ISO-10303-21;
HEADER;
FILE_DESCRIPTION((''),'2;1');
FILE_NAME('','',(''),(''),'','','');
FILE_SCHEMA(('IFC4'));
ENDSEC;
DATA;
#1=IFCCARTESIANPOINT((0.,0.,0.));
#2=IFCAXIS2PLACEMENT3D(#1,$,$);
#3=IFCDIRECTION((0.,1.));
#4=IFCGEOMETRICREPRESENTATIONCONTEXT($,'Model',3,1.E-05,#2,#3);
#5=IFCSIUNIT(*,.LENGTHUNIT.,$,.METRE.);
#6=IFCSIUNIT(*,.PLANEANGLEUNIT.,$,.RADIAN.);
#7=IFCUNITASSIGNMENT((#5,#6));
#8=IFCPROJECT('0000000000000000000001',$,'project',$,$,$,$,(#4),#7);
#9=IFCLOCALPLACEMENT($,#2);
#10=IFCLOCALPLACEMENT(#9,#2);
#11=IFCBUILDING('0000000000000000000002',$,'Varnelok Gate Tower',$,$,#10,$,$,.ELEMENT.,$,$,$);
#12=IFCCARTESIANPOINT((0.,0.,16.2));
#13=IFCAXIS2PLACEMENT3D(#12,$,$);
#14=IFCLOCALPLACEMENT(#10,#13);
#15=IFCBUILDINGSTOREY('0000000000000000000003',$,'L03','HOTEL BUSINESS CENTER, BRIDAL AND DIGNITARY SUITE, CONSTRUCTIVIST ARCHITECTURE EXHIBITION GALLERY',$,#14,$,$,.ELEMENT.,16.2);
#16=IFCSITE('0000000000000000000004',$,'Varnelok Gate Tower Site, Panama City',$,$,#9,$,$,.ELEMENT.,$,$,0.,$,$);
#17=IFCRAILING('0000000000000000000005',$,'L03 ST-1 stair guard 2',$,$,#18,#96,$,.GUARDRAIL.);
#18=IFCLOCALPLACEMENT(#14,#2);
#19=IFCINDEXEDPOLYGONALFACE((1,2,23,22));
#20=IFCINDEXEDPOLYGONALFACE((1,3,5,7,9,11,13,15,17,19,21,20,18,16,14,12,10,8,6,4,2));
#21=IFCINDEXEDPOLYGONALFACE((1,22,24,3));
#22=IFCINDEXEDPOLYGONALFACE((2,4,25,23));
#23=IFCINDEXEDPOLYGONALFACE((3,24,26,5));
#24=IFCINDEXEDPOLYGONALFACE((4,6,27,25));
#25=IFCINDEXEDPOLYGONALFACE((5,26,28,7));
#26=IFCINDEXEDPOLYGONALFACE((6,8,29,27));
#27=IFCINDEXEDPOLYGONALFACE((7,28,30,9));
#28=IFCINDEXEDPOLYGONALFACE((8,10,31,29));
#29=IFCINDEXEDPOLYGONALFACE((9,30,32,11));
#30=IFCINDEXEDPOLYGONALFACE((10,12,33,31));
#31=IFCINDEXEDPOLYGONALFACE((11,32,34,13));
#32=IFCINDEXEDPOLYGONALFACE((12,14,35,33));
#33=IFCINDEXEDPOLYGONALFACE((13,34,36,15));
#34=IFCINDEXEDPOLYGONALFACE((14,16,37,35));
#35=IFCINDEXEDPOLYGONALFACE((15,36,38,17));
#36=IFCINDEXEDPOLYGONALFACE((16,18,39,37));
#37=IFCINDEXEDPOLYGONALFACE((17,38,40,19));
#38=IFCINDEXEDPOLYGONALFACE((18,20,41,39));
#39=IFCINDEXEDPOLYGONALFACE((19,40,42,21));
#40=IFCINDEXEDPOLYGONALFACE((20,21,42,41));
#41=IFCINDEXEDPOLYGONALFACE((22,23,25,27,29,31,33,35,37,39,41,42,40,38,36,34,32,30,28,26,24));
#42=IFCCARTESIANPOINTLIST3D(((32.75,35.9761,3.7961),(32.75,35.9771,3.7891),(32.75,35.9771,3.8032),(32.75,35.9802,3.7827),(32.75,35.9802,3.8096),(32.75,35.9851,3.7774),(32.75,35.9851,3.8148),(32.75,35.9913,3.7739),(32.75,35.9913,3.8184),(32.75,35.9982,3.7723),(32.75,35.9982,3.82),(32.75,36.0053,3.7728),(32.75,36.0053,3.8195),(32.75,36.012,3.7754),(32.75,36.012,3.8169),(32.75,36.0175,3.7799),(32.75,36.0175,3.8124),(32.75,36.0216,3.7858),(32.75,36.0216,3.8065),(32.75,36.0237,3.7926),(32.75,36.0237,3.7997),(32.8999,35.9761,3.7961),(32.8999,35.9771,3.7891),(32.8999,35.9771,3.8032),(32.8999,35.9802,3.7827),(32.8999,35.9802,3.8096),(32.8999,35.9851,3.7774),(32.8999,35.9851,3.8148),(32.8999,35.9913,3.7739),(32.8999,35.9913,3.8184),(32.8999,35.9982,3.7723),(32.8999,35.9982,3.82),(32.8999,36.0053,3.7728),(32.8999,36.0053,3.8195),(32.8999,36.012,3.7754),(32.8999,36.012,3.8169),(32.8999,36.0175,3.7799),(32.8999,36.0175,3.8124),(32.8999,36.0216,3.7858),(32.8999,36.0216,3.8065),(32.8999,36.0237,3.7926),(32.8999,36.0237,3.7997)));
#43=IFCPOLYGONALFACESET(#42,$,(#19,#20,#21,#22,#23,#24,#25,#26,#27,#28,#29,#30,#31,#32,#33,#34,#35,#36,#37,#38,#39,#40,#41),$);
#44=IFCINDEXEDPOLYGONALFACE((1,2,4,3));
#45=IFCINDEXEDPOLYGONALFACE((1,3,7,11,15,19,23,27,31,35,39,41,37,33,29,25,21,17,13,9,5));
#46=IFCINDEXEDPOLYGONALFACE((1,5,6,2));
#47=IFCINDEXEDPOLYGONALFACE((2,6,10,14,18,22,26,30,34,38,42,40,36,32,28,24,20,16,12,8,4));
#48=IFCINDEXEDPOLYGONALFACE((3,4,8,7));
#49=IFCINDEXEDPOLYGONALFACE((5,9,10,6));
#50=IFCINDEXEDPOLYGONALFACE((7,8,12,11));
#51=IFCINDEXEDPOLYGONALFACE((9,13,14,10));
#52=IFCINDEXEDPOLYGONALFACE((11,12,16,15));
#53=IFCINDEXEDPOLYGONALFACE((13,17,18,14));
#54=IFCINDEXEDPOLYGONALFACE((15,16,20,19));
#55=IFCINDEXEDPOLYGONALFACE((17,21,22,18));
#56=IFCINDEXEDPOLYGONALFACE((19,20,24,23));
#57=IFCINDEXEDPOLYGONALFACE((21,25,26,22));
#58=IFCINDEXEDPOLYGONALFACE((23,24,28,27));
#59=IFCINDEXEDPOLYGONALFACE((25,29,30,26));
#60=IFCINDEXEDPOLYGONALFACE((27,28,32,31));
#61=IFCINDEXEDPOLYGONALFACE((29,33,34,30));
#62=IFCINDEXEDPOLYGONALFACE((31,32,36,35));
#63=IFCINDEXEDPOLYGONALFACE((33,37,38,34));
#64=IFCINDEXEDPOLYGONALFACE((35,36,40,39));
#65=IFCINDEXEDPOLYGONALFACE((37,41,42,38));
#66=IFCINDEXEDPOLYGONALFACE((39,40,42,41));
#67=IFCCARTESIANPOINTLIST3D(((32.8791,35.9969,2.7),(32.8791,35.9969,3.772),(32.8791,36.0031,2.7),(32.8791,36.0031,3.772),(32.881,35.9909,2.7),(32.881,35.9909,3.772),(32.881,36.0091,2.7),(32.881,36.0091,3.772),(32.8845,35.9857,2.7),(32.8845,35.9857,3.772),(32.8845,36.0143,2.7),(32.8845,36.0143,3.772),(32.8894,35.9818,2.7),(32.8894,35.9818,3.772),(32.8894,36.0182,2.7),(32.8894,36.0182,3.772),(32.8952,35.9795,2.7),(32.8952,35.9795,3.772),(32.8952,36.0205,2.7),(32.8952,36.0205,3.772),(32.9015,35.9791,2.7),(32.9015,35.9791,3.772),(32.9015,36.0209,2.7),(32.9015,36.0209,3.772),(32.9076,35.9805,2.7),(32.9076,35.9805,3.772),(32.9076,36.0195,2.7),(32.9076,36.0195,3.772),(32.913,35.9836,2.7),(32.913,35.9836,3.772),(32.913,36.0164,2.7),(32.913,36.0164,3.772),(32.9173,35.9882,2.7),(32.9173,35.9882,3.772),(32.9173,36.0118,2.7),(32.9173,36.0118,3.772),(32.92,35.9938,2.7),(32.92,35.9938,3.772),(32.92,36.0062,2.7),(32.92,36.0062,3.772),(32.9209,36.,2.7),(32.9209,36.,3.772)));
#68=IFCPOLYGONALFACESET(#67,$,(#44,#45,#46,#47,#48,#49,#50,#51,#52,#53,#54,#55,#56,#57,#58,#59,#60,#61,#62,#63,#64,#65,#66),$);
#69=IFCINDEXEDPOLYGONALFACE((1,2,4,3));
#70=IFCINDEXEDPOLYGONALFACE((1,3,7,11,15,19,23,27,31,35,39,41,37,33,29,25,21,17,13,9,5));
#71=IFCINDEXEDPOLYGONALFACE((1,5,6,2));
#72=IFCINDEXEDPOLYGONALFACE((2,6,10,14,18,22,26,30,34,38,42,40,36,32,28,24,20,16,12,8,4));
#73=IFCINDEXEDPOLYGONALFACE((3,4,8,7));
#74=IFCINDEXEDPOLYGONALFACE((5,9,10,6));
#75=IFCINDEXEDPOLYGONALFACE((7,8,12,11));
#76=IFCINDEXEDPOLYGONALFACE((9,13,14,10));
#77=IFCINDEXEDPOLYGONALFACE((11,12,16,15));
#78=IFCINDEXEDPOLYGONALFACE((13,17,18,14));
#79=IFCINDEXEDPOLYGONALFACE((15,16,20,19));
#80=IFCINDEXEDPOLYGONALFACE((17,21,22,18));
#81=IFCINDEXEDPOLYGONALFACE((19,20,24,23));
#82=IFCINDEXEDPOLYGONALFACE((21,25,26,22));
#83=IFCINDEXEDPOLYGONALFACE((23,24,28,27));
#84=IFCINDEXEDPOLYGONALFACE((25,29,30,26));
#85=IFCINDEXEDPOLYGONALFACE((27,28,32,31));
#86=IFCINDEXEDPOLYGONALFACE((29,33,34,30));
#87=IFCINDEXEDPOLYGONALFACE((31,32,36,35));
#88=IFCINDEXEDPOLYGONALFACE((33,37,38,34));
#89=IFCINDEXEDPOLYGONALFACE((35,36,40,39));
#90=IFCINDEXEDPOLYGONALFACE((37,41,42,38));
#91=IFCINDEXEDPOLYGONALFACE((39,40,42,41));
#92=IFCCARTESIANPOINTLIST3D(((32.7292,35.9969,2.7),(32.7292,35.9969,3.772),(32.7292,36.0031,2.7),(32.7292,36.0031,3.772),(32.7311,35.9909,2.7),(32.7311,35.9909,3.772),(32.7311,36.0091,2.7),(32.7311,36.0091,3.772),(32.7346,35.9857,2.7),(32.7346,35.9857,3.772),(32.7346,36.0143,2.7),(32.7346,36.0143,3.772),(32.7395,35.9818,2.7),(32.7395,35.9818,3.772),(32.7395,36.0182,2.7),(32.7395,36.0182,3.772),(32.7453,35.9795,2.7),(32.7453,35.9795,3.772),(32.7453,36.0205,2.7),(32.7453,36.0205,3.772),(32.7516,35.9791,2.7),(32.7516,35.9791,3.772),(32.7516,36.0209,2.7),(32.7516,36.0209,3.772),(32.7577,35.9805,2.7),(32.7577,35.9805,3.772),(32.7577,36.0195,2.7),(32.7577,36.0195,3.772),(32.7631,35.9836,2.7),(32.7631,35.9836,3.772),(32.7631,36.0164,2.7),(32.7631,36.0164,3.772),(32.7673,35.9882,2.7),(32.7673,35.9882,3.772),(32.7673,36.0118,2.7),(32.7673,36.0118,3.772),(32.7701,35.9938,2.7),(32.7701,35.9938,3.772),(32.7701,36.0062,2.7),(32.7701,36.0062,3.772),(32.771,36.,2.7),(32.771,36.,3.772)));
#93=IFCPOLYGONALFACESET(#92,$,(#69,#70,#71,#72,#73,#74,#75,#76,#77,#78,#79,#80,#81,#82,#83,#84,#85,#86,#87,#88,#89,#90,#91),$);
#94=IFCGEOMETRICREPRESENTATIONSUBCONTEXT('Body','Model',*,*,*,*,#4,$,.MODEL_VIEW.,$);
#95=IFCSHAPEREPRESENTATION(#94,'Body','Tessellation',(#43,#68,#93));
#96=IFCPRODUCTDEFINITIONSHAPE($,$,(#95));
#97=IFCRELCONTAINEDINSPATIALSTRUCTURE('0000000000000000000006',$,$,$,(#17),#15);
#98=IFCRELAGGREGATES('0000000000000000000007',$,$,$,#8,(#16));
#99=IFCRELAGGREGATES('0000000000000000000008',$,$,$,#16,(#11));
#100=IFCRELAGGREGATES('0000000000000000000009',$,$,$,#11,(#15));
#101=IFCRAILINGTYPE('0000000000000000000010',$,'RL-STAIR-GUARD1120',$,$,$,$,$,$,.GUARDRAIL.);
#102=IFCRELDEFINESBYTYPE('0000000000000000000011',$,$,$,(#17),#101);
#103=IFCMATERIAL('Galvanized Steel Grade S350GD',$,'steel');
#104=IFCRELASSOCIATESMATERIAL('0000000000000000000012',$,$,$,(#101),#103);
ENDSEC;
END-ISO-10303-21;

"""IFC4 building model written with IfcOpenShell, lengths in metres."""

from ifc_helpers import new_model, si_unit, direction, frame, origin, origin_2d, place, context, subcontext, project, spatial, circle, extrude, material, type_object, element, save


model = new_model("IFC4")

# Units and contexts
model_context = context("Model", 3, precision=1e-05, world=origin(), true_north=direction((0.0, 1.0)))
body_context = subcontext(model_context, "Body", "Model", "MODEL_VIEW")
ifc_project = project(units=[si_unit("LENGTHUNIT", "METRE"), si_unit("PLANEANGLEUNIT", "RADIAN")], contexts=[model_context])

# Site, building, storey
site_placement = place(None, origin())
site = spatial("IfcSite", under=ifc_project, at=site_placement, Name="Varnelok Gate Tower Site, Panama City", CompositionType="ELEMENT", RefElevation=0.0)
building_placement = place(site_placement, origin())
building = spatial("IfcBuilding", under=site, at=building_placement, Name="Varnelok Gate Tower", CompositionType="ELEMENT")
storey_placement = place(building_placement, frame((0.0, 0.0, 16.2)))
storey = spatial("IfcBuildingStorey", under=building, at=storey_placement, Name="L03", Description="HOTEL BUSINESS CENTER, BRIDAL AND DIGNITARY SUITE, CONSTRUCTIVIST ARCHITECTURE EXHIBITION GALLERY", CompositionType="ELEMENT", Elevation=16.2)

# Railing
ifc_material_1 = material(Name="Galvanized Steel Grade S350GD", Category="steel")
railing_type_1 = type_object("IfcRailingType", Name="RL-STAIR-GUARD1120", PredefinedType="GUARDRAIL", material=ifc_material_1)
railing_1_placement = place(storey_placement, frame((32.8999, 36.0, 2.7)))
element("IfcRailing", 1, at=railing_1_placement, inside=storey, type_object=railing_type_1, Name="L03 ST-1 stair guard 2", PredefinedType="GUARDRAIL", context=body_context, shape_type="SweptSolid", body=[
    extrude(circle(Radius=0.0239, at=origin_2d()), frame((0.0, 0.0, 1.0962), z_axis=(-1.0, 0.0, 0.0), x_axis=(0.0, -1.0, 0.0)), (0.0, 0.0, 1.0), 0.1499),
    extrude(circle(Radius=0.021, at=origin_2d()), origin(), (0.0, 0.0, 1.0), 1.072),
    extrude(circle(Radius=0.021, at=origin_2d()), frame((-0.1499, 0.0, 0.0)), (0.0, 0.0, 1.0), 1.072),
])

save(model, "model.ifc")
